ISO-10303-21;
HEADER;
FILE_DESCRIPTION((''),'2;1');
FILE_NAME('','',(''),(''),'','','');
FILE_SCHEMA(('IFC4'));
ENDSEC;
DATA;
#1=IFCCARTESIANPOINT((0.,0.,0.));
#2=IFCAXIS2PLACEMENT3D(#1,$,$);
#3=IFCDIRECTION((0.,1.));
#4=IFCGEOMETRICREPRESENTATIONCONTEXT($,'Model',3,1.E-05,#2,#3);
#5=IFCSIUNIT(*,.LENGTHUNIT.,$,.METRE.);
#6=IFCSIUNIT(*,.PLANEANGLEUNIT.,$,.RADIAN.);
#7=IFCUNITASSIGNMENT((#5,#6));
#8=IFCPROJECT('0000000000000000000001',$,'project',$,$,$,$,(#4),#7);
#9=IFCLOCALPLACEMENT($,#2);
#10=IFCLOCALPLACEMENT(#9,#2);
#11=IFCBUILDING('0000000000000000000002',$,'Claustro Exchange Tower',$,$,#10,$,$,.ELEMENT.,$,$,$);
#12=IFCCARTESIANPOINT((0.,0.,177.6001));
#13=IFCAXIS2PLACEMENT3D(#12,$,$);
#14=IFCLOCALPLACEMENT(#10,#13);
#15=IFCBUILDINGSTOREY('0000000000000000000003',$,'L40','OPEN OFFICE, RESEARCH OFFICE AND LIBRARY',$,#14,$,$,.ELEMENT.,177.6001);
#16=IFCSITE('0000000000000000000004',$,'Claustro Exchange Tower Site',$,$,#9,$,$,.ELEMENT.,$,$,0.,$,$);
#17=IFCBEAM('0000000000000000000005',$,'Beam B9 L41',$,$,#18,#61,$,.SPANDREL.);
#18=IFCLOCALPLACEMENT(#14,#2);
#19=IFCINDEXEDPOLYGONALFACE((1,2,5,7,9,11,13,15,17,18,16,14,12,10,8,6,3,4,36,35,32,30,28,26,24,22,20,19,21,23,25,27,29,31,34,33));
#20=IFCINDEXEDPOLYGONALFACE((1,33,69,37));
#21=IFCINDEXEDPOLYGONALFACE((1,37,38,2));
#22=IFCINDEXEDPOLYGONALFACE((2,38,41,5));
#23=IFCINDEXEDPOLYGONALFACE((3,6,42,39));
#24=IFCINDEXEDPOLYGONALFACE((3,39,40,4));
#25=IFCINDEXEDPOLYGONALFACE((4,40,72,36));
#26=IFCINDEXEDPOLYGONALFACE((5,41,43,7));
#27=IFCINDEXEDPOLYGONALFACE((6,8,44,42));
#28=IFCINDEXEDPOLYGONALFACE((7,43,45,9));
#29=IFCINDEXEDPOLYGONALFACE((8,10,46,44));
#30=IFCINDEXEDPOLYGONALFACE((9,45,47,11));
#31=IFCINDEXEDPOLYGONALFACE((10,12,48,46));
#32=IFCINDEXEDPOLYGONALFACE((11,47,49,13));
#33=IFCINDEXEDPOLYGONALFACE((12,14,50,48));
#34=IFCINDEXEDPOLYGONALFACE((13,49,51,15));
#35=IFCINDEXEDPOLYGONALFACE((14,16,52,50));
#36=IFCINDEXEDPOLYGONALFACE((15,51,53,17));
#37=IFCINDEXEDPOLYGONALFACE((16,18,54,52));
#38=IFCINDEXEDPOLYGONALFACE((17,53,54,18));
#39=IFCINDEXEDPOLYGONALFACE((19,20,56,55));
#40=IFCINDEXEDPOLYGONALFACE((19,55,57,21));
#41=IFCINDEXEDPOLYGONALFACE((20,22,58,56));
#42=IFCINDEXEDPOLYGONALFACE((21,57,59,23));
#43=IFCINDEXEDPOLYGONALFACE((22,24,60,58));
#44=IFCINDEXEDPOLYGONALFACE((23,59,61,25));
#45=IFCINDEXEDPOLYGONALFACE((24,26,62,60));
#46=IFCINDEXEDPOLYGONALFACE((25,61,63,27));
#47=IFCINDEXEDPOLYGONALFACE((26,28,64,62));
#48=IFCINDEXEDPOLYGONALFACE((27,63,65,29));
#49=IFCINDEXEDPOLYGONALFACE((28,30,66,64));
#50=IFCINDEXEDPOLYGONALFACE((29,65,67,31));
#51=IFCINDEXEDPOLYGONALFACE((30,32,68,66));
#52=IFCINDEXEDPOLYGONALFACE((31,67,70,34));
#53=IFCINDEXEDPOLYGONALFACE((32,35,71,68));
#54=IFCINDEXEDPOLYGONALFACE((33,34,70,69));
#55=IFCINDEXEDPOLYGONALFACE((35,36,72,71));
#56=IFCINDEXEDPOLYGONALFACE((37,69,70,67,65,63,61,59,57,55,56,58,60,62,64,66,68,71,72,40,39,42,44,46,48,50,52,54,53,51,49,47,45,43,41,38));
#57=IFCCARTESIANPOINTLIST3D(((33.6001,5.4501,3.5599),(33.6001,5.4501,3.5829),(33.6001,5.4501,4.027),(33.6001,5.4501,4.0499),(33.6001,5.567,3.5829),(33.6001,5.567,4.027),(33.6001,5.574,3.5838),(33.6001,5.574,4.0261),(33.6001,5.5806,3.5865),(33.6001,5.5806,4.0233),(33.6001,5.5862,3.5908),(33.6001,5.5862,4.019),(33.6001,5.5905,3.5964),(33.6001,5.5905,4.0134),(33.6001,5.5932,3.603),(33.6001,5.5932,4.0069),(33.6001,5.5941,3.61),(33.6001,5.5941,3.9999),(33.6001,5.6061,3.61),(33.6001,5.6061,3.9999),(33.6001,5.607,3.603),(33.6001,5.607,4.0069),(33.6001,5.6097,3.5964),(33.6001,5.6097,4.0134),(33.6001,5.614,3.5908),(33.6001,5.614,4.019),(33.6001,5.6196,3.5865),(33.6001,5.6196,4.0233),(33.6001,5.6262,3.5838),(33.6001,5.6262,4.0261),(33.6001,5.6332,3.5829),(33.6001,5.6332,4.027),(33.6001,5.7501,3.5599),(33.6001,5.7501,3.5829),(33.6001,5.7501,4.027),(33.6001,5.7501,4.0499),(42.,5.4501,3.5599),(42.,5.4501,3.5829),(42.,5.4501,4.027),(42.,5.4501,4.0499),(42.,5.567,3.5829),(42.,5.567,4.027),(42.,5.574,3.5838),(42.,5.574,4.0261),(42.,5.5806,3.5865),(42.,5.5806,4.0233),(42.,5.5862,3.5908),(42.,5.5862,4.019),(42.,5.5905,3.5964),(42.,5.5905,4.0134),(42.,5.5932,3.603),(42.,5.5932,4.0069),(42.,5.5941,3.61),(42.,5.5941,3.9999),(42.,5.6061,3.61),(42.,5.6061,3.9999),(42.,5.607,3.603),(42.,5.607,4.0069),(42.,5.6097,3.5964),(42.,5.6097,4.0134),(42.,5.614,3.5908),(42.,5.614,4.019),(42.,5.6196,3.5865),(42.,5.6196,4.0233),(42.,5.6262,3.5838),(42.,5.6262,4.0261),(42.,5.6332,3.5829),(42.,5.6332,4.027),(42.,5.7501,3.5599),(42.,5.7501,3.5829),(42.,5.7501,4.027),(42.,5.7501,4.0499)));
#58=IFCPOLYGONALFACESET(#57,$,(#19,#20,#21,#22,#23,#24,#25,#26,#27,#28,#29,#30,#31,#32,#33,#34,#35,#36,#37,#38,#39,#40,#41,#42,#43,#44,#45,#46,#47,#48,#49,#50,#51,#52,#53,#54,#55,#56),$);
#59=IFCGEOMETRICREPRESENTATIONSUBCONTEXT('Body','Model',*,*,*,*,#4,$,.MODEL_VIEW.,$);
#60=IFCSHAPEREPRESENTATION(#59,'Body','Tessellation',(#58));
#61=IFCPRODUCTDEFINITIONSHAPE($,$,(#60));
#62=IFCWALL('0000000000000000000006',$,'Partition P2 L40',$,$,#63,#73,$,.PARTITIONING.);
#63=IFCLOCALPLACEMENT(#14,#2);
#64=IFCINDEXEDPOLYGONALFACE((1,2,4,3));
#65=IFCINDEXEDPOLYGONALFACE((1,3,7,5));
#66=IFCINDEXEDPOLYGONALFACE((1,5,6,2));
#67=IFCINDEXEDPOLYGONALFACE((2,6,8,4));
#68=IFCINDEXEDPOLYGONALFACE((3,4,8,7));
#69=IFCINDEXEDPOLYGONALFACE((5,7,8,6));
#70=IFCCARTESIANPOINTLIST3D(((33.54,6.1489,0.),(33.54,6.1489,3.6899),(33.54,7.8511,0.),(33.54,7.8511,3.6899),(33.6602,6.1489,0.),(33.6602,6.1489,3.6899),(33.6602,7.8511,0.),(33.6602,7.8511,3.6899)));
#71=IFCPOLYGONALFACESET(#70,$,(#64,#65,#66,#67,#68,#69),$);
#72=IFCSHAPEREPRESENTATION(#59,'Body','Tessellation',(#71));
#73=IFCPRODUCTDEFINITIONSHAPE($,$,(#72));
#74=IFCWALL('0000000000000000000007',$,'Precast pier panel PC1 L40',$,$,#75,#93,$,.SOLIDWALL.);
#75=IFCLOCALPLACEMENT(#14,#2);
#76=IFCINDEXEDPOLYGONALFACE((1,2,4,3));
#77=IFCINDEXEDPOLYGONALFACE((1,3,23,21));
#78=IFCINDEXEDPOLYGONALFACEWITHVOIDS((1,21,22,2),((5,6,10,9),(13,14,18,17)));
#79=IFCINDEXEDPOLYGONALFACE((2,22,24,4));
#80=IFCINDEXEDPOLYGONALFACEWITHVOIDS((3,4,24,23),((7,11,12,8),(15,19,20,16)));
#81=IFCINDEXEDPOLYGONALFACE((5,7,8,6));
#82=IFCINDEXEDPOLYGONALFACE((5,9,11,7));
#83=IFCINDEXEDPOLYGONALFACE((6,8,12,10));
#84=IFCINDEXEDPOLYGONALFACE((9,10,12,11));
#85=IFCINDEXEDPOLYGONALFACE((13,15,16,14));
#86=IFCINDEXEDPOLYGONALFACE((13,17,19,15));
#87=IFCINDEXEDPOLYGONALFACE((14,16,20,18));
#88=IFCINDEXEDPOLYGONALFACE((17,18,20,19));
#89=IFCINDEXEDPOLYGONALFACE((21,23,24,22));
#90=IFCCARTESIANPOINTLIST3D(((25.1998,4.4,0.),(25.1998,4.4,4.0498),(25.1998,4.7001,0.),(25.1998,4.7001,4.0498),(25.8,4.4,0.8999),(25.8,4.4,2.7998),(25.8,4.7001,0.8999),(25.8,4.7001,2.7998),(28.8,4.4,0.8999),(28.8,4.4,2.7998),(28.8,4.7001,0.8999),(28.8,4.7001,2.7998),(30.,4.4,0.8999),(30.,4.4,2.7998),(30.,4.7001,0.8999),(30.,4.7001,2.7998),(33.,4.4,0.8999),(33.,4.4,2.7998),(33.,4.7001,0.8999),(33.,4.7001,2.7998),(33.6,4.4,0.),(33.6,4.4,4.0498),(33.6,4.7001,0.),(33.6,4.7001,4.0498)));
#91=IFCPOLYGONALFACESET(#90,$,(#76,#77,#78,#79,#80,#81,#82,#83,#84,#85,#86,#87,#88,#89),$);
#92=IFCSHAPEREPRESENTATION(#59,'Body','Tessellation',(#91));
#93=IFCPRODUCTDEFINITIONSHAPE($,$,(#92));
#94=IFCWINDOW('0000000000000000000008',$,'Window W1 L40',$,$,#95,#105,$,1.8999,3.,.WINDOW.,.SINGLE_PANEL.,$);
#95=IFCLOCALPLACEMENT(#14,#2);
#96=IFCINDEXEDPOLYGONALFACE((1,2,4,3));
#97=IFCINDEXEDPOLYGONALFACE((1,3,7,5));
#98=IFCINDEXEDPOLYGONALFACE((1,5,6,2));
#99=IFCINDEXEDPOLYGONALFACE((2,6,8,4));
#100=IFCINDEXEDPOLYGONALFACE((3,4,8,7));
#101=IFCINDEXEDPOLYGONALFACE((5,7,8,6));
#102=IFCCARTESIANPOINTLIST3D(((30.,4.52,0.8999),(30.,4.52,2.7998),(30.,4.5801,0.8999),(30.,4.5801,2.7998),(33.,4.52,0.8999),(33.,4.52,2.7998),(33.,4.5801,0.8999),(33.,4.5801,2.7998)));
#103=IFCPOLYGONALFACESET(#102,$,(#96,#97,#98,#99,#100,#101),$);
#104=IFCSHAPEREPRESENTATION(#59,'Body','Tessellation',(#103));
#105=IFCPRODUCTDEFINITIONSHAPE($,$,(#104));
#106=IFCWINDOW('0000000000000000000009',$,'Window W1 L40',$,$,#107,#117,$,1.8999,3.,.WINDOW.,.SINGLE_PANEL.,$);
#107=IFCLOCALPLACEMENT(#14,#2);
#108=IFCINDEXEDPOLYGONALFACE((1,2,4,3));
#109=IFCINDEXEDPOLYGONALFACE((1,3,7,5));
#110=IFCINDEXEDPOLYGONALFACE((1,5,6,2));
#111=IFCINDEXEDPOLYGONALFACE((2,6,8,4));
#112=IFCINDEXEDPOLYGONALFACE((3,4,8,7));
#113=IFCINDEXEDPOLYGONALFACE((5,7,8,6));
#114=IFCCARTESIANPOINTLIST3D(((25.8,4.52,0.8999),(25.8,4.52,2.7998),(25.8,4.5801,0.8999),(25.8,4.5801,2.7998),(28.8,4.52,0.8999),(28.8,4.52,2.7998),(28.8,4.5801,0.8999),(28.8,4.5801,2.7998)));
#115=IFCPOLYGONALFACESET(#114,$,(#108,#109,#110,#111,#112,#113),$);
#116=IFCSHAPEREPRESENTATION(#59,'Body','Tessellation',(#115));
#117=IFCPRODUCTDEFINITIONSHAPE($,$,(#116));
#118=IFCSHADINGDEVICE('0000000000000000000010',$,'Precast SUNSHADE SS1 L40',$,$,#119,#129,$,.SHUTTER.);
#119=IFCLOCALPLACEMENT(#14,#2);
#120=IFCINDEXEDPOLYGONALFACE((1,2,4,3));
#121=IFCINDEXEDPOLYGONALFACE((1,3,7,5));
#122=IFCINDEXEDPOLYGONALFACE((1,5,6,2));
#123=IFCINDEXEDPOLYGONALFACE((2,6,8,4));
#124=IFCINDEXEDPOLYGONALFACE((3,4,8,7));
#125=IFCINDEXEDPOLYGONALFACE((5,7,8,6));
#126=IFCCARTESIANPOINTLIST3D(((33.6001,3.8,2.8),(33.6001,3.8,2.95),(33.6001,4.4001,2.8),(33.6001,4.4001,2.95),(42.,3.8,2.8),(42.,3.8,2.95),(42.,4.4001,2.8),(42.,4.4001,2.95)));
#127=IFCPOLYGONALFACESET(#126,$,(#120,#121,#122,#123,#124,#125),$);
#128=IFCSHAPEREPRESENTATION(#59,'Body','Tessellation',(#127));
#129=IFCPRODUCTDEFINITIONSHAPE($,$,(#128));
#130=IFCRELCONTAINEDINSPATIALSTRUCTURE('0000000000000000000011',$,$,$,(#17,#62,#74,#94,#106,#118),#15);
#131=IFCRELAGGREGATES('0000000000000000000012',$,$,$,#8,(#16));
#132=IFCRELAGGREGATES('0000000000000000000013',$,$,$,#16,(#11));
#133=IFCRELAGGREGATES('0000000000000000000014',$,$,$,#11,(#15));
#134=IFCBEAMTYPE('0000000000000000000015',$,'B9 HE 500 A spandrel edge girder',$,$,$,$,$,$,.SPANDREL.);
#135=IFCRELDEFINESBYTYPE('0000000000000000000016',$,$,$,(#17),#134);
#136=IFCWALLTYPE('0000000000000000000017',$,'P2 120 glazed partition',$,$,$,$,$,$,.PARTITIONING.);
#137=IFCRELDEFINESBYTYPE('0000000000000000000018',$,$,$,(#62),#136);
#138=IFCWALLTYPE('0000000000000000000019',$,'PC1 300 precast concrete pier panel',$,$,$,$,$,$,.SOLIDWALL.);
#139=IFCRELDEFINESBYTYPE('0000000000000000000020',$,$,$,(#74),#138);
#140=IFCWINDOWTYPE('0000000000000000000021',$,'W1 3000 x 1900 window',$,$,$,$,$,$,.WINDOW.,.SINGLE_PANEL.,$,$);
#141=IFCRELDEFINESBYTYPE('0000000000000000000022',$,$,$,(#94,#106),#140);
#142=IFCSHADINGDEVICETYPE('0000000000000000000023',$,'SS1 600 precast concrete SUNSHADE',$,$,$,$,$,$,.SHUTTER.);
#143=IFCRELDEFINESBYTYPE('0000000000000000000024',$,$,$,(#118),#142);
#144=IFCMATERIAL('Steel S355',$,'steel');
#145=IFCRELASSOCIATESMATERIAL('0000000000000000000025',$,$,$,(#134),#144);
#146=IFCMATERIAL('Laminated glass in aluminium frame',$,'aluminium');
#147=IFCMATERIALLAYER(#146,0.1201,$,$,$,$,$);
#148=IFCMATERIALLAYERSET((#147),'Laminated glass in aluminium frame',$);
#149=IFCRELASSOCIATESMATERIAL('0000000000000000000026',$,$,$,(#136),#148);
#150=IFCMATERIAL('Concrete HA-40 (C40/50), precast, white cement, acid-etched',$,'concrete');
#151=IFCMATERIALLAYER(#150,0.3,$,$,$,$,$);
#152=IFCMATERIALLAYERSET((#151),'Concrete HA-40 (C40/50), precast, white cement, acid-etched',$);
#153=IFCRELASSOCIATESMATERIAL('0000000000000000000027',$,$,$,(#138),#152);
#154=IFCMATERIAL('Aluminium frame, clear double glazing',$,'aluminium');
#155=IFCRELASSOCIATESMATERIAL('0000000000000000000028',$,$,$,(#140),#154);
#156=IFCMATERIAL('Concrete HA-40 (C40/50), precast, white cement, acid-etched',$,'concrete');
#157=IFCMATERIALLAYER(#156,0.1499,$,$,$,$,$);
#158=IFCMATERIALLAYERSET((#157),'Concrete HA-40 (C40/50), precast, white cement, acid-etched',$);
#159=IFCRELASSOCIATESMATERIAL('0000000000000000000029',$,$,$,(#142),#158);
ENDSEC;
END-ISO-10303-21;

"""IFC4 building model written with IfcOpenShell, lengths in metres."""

from ifc_helpers import new_model, si_unit, direction, frame, frame_2d, origin, origin_2d, place, context, subcontext, project, spatial, rectangle, i_section, extrude, material, layer, layer_set, material_profile, profile_set, type_object, element, fill, save


model = new_model("IFC4")

# Units and contexts
model_context = context("Model", 3, precision=1e-05, world=origin(), true_north=direction((0.0, 1.0)))
body_context = subcontext(model_context, "Body", "Model", "MODEL_VIEW")
ifc_project = project(units=[si_unit("LENGTHUNIT", "METRE"), si_unit("PLANEANGLEUNIT", "RADIAN")], contexts=[model_context])

# Site, building, storey
site_placement = place(None, origin())
site = spatial("IfcSite", under=ifc_project, at=site_placement, Name="Claustro Exchange Tower Site", CompositionType="ELEMENT", RefElevation=0.0)
building_placement = place(site_placement, origin())
building = spatial("IfcBuilding", under=site, at=building_placement, Name="Claustro Exchange Tower", CompositionType="ELEMENT")
storey_placement = place(building_placement, frame((0.0, 0.0, 177.6001)))
storey = spatial("IfcBuildingStorey", under=building, at=storey_placement, Name="L40", Description="OPEN OFFICE, RESEARCH OFFICE AND LIBRARY", CompositionType="ELEMENT", Elevation=177.6001)

# Beam
ifc_material_1 = material(Name="Steel S355", Category="steel")
ifc_material_profile_1 = material_profile(ifc_material_1, i_section(OverallWidth=0.3, OverallDepth=0.49, WebThickness=0.012, FlangeThickness=0.0229, FilletRadius=0.0271, at=origin_2d()), Name="HE 500 A")
ifc_profile_set_1 = profile_set([ifc_material_profile_1], Name="Steel S355")
beam_type_1 = type_object("IfcBeamType", Name="B9 HE 500 A spandrel edge girder", PredefinedType="SPANDREL", material=ifc_profile_set_1)
beam_1_placement = place(storey_placement, frame((33.6001, 5.6001, 3.8049), z_axis=(1.0, 0.0, 0.0), x_axis=(0.0, 1.0, 0.0)))
element("IfcBeam", 1, at=beam_1_placement, inside=storey, type_object=beam_type_1, Name="Beam B9 L41", PredefinedType="SPANDREL", context=body_context, shape_type="SweptSolid", body=[
    extrude(i_section(OverallWidth=0.3, OverallDepth=0.49, WebThickness=0.012, FlangeThickness=0.0229, FilletRadius=0.0271, at=origin_2d()), origin(), (0.0, 0.0, 1.0), 8.3999),
])

# Wall
ifc_material_2 = material(Name="Laminated glass in aluminium frame", Category="aluminium")
ifc_layer_1 = layer(ifc_material_2, 0.1201)
ifc_layer_set_1 = layer_set([ifc_layer_1], Name="Laminated glass in aluminium frame")
wall_type_1 = type_object("IfcWallType", Name="P2 120 glazed partition", PredefinedType="PARTITIONING", material=ifc_layer_set_1)
wall_1_placement = place(storey_placement, frame((33.6001, 6.1489, 0.0), z_axis=(0.0, 0.0, 1.0), x_axis=(0.0, 1.0, 0.0)))
element("IfcWall", 2, at=wall_1_placement, inside=storey, type_object=wall_type_1, Name="Partition P2 L40", PredefinedType="PARTITIONING", context=body_context, shape_type="SweptSolid", body=[
    extrude(rectangle(XDim=1.7021, YDim=0.1201, at=frame_2d((0.8511, 0.0))), origin(), (0.0, 0.0, 1.0), 3.6899),
])

# Wall, openings, windows
ifc_material_3 = material(Name="Concrete HA-40 (C40/50), precast, white cement, acid-etched", Category="concrete")
ifc_layer_2 = layer(ifc_material_3, 0.3)
ifc_layer_set_2 = layer_set([ifc_layer_2], Name="Concrete HA-40 (C40/50), precast, white cement, acid-etched")
wall_type_2 = type_object("IfcWallType", Name="PC1 300 precast concrete pier panel", PredefinedType="SOLIDWALL", material=ifc_layer_set_2)
wall_2_placement = place(storey_placement, frame((33.6001, 4.55, 0.0), z_axis=(0.0, 0.0, 1.0), x_axis=(-1.0, 0.0, 0.0)))
wall_2 = element("IfcWall", 3, at=wall_2_placement, inside=storey, type_object=wall_type_2, Name="Precast pier panel PC1 L40", PredefinedType="SOLIDWALL", context=body_context, shape_type="SweptSolid", body=[
    extrude(rectangle(XDim=8.4001, YDim=0.3, at=frame_2d((4.2002, 0.0))), origin(), (0.0, 0.0, 1.0), 4.0498),
])
opening_1_placement = place(wall_2_placement, frame((0.6001, 0.0, 0.8999)))
opening_1 = element("IfcOpeningElement", 4, at=opening_1_placement, cuts=wall_2, PredefinedType="OPENING", context=body_context, shape_type="SweptSolid", body=[
    extrude(rectangle(XDim=3.0, YDim=1.8999, at=frame_2d((1.5, 0.95))), frame((0.0, 0.1599, 0.0), z_axis=(0.0, -1.0, 0.0), x_axis=(1.0, 0.0, 0.0)), (0.0, 0.0, 1.0), 0.3201),
])
opening_2_placement = place(wall_2_placement, frame((4.8, 0.0, 0.8999)))
opening_2 = element("IfcOpeningElement", 5, at=opening_2_placement, cuts=wall_2, PredefinedType="OPENING", context=body_context, shape_type="SweptSolid", body=[
    extrude(rectangle(XDim=3.0, YDim=1.8999, at=frame_2d((1.5, 0.95))), frame((0.0, 0.1599, 0.0), z_axis=(0.0, -1.0, 0.0), x_axis=(1.0, 0.0, 0.0)), (0.0, 0.0, 1.0), 0.3201),
])
ifc_material_4 = material(Name="Aluminium frame, clear double glazing", Category="aluminium")
window_type = type_object("IfcWindowType", Name="W1 3000 x 1900 window", PartitioningType="SINGLE_PANEL", PredefinedType="WINDOW", material=ifc_material_4)
window_1_placement = place(opening_1_placement, origin())
window_1 = element("IfcWindow", 6, at=window_1_placement, inside=storey, type_object=window_type, Name="Window W1 L40", OverallHeight=1.8999, OverallWidth=3.0, PartitioningType="SINGLE_PANEL", PredefinedType="WINDOW", context=body_context, shape_type="SweptSolid", body=[
    extrude(rectangle(XDim=3.0, YDim=1.8999, at=frame_2d((1.5, 0.95))), frame((0.0, 0.03, 0.0), z_axis=(0.0, -1.0, 0.0), x_axis=(1.0, 0.0, 0.0)), (0.0, 0.0, 1.0), 0.0601),
])
fill(opening_1, window_1)
window_2_placement = place(opening_2_placement, origin())
window_2 = element("IfcWindow", 7, at=window_2_placement, inside=storey, type_object=window_type, Name="Window W1 L40", OverallHeight=1.8999, OverallWidth=3.0, PartitioningType="SINGLE_PANEL", PredefinedType="WINDOW", context=body_context, shape_type="SweptSolid", body=[
    extrude(rectangle(XDim=3.0, YDim=1.8999, at=frame_2d((1.5, 0.95))), frame((0.0, 0.03, 0.0), z_axis=(0.0, -1.0, 0.0), x_axis=(1.0, 0.0, 0.0)), (0.0, 0.0, 1.0), 0.0601),
])
fill(opening_2, window_2)

# Shading device
ifc_material_5 = material(Name="Concrete HA-40 (C40/50), precast, white cement, acid-etched", Category="concrete")
ifc_layer_3 = layer(ifc_material_5, 0.1499)
ifc_layer_set_3 = layer_set([ifc_layer_3], Name="Concrete HA-40 (C40/50), precast, white cement, acid-etched")
shading_device_type = type_object("IfcShadingDeviceType", Name="SS1 600 precast concrete SUNSHADE", PredefinedType="SHUTTER", material=ifc_layer_set_3)
shading_device_placement = place(storey_placement, frame((37.8, 4.1001, 2.8), z_axis=(0.0, 0.0, 1.0), x_axis=(-1.0, 0.0, 0.0)))
element("IfcShadingDevice", 8, at=shading_device_placement, inside=storey, type_object=shading_device_type, Name="Precast SUNSHADE SS1 L40", PredefinedType="SHUTTER", context=body_context, shape_type="SweptSolid", body=[
    extrude(rectangle(XDim=8.3999, YDim=0.6001, at=origin_2d()), origin(), (0.0, 0.0, 1.0), 0.1499),
])

save(model, "model.ifc")
